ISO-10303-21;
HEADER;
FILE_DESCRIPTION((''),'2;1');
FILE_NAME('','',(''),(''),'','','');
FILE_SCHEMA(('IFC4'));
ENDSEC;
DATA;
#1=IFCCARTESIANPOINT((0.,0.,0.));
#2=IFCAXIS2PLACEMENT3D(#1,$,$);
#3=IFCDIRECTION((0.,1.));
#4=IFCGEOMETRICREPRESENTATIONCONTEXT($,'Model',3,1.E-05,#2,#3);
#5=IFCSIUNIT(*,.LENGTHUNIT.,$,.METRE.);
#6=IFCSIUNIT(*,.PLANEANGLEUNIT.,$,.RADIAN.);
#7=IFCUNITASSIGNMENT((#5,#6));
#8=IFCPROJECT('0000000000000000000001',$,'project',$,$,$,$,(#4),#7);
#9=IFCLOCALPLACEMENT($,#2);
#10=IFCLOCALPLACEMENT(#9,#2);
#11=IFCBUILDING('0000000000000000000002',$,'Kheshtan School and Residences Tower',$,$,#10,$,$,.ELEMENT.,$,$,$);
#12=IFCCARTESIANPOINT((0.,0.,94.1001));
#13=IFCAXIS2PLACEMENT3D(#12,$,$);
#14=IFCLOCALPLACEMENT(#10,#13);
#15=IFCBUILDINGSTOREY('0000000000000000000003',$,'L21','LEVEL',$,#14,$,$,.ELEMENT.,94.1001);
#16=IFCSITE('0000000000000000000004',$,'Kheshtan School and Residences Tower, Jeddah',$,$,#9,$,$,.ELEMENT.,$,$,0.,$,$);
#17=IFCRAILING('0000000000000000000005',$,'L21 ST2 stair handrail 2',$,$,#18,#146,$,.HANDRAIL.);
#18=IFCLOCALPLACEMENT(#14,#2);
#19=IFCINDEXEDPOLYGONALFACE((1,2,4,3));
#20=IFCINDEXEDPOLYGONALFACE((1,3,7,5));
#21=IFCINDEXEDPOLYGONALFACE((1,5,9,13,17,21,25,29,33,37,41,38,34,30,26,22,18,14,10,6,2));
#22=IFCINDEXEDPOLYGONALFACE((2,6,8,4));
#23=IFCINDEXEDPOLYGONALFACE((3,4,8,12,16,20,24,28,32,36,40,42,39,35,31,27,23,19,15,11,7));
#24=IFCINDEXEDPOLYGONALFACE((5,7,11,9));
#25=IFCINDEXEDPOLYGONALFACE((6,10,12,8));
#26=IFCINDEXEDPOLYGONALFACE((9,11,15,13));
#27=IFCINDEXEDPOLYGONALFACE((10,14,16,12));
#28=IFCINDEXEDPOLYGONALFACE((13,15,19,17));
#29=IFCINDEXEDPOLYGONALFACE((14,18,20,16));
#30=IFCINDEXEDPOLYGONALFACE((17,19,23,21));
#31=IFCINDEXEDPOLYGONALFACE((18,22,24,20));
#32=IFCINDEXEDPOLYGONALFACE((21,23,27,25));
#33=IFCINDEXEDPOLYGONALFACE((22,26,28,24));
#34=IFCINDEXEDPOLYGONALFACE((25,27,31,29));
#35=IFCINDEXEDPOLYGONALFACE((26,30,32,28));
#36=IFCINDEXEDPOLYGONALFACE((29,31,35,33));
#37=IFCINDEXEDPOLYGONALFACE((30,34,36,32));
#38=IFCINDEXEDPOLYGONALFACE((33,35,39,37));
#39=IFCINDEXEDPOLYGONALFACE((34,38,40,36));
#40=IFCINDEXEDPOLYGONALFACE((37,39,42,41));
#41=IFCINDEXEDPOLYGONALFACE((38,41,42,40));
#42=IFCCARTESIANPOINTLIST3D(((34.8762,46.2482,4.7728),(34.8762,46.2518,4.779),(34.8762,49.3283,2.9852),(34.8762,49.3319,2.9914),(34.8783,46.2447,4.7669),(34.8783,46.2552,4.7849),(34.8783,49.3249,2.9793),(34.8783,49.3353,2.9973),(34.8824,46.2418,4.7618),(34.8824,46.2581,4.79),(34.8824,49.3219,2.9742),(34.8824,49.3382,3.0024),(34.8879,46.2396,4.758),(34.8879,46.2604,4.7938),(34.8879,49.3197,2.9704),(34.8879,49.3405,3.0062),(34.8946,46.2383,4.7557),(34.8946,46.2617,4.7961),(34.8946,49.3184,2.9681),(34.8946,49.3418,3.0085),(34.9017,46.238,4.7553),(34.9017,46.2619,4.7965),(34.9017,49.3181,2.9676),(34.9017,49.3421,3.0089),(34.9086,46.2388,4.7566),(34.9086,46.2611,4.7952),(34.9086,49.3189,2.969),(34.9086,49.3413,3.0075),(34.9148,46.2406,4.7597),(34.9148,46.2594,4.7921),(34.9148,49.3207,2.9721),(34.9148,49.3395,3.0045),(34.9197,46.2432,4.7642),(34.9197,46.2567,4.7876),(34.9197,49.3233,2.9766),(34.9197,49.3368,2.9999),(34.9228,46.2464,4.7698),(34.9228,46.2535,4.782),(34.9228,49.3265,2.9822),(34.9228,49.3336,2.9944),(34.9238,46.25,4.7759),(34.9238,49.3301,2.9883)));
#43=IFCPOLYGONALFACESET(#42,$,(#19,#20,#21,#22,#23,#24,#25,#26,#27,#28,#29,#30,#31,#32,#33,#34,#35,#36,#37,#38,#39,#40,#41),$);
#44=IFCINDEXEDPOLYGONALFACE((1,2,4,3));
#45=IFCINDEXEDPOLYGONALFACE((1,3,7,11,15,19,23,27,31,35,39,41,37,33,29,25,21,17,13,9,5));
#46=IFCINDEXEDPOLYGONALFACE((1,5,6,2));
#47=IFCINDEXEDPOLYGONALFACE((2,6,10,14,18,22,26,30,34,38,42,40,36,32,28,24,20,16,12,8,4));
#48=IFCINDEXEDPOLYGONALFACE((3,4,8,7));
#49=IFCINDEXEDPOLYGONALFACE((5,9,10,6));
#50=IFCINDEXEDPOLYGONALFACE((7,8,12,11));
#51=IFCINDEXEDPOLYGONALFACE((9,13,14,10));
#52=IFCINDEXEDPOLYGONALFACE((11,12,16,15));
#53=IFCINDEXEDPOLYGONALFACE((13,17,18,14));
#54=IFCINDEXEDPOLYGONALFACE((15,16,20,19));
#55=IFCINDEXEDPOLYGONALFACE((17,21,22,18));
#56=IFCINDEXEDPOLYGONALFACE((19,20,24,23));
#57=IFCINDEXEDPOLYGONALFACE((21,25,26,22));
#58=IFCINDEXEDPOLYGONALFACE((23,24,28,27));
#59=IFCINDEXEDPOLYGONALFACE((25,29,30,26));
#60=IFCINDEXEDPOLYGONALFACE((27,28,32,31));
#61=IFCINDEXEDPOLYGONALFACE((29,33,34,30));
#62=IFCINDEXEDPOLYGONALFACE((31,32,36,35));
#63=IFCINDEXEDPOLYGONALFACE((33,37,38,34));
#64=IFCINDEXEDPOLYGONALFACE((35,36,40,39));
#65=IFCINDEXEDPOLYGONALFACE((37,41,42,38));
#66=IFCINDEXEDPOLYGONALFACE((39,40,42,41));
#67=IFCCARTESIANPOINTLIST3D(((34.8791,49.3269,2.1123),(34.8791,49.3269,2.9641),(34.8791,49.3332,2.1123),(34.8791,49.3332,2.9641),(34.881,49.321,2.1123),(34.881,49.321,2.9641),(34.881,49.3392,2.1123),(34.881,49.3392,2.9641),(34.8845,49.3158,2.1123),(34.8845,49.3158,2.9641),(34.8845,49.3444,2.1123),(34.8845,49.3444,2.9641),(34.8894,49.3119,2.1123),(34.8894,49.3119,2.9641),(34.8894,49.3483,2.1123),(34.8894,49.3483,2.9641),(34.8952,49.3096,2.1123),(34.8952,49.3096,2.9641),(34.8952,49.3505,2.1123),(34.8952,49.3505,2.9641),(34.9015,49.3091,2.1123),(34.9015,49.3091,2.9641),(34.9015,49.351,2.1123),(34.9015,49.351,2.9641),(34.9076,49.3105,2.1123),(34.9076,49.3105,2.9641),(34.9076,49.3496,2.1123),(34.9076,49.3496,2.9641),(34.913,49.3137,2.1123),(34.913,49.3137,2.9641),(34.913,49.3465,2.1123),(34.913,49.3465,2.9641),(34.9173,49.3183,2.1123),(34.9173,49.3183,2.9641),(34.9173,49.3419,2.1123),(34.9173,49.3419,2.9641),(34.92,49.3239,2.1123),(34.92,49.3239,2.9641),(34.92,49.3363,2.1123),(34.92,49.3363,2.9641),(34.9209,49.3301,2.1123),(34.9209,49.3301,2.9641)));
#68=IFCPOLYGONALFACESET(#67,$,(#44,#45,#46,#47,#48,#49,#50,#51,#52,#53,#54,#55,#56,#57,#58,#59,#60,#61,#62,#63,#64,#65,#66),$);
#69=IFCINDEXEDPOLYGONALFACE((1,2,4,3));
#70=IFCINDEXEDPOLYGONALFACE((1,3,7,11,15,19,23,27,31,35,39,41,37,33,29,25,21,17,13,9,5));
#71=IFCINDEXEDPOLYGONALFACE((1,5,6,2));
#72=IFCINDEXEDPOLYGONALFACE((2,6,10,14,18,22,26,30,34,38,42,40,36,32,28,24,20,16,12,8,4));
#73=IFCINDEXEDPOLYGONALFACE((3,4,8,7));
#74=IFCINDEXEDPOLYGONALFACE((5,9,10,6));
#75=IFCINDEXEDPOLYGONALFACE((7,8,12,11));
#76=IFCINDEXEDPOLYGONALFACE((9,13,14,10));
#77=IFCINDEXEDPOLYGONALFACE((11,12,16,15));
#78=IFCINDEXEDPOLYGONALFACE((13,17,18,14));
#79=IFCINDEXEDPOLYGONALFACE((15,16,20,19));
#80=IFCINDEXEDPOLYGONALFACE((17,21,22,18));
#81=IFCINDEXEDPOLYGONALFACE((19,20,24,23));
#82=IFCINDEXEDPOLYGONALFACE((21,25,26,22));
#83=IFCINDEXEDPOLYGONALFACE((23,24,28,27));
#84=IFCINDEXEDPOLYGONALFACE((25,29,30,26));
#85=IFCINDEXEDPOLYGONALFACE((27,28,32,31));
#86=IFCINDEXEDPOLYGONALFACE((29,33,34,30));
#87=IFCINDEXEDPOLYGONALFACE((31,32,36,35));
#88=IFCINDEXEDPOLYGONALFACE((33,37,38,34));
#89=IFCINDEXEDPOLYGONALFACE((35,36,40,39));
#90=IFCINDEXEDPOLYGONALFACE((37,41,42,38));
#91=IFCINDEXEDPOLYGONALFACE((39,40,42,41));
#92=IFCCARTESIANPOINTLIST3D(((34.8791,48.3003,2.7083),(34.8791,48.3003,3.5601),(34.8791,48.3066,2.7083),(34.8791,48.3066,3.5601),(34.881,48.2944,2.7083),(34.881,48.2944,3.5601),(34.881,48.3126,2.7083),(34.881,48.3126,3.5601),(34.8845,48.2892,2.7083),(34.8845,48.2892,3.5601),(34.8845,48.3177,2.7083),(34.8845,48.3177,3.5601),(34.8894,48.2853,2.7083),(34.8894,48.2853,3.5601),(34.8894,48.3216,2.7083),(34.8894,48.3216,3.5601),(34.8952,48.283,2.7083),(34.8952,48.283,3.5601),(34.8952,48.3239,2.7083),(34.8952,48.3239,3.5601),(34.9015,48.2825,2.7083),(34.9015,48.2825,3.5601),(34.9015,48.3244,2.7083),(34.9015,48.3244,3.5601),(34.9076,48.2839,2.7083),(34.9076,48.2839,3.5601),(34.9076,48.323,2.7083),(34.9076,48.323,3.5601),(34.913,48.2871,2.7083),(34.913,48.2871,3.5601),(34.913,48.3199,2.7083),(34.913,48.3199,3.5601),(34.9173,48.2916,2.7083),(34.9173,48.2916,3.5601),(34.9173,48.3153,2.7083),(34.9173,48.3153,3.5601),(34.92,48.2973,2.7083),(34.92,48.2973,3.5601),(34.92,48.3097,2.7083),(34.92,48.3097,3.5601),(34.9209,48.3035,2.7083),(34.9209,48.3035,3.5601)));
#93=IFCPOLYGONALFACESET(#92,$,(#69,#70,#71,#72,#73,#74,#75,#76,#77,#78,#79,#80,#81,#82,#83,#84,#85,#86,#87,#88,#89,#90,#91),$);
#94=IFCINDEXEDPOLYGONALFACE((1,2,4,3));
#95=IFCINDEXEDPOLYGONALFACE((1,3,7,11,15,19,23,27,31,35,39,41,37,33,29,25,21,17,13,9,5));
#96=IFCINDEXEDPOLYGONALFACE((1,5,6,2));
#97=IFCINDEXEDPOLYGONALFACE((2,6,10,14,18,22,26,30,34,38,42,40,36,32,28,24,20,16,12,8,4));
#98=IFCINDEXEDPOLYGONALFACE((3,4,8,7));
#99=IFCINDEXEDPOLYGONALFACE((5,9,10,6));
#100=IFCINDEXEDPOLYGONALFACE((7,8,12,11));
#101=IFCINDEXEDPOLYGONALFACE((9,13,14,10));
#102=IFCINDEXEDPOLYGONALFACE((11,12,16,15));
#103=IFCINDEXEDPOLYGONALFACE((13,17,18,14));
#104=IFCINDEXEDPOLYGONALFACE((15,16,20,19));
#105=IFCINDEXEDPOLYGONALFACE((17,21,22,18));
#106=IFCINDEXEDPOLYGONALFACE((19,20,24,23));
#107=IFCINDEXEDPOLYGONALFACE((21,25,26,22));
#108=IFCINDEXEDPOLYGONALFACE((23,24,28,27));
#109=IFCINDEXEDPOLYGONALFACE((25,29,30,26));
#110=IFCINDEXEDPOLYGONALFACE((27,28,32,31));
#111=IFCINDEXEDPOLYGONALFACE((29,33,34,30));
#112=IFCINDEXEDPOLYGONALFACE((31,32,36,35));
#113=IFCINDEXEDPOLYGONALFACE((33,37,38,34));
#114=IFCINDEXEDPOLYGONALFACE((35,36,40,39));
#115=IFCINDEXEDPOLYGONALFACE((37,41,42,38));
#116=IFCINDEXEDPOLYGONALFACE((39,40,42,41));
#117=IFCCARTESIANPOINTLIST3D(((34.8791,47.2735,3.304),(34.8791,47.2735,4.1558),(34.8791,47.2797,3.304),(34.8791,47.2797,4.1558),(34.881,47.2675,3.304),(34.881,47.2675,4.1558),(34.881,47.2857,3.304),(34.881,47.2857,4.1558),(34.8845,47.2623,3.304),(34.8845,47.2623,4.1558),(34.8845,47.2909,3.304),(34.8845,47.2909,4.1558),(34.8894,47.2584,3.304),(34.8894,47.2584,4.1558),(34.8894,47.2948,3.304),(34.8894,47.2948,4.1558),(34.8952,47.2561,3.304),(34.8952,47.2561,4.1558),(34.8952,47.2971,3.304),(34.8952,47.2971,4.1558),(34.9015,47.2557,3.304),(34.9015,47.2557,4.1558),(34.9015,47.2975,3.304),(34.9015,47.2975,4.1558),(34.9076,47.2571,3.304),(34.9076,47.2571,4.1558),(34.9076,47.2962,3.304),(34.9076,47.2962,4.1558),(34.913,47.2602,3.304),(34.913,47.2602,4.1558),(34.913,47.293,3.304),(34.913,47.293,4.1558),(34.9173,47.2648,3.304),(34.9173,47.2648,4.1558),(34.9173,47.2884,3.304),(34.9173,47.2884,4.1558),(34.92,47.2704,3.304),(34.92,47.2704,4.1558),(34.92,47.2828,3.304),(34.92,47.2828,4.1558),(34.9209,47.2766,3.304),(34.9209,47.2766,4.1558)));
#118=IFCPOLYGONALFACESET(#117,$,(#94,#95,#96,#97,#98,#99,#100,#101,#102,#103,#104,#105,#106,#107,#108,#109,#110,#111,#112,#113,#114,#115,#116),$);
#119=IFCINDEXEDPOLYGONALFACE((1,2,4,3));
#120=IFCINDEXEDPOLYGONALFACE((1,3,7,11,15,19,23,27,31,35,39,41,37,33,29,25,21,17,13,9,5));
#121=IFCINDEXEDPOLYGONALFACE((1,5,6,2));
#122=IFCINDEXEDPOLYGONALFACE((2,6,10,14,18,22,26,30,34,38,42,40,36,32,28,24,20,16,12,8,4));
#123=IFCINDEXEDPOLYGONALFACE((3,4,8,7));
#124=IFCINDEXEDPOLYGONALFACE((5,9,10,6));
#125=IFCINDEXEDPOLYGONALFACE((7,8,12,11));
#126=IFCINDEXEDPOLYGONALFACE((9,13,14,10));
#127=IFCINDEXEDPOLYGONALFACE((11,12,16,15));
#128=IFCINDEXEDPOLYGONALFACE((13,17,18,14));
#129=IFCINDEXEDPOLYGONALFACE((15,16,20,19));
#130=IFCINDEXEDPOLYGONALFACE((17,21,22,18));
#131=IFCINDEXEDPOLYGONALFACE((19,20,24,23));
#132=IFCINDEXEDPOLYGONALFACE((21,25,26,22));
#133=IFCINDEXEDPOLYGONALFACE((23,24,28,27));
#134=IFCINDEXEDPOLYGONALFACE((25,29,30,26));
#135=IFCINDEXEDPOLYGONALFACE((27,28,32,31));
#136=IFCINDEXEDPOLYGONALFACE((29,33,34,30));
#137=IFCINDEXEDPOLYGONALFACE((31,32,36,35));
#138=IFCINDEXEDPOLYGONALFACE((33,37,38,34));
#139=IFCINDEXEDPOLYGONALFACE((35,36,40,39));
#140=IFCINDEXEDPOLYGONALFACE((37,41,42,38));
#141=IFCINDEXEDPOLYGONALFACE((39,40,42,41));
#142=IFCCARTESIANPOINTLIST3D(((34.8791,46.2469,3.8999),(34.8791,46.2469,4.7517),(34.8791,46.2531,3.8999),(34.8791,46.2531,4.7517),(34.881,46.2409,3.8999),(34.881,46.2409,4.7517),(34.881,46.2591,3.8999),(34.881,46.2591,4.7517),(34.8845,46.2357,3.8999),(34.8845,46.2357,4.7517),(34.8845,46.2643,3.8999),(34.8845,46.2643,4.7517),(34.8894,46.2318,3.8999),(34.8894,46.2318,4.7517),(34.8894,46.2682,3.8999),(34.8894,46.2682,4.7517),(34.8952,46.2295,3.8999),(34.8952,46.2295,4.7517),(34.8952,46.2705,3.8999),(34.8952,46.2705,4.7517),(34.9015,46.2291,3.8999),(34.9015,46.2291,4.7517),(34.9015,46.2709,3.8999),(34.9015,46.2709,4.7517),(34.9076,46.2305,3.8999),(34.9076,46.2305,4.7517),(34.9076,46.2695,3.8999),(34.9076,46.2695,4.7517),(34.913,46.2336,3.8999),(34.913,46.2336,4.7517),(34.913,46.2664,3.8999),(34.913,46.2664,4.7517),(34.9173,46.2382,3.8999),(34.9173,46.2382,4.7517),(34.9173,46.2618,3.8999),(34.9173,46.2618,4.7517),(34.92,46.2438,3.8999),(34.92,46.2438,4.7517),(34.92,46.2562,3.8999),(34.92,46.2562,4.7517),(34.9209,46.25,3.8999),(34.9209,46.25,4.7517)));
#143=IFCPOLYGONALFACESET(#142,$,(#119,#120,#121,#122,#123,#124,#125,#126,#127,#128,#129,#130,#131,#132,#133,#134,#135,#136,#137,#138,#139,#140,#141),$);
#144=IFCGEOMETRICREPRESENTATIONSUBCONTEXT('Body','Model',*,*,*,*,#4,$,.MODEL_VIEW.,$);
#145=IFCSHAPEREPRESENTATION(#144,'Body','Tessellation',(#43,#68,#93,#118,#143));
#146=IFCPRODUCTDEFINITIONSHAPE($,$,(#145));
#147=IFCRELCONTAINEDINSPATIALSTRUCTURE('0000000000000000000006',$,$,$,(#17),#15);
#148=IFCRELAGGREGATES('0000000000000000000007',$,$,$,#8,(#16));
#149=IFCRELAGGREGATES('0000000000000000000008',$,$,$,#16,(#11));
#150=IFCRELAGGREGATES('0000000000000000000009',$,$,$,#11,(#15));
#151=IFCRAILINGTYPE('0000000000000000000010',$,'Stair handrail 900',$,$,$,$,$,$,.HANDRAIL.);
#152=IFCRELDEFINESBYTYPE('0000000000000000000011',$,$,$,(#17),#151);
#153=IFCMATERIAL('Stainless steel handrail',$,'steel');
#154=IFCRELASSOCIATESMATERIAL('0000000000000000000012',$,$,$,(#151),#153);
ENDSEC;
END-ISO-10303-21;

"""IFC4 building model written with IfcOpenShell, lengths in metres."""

from ifc_helpers import new_model, si_unit, direction, frame, origin, origin_2d, place, context, subcontext, project, spatial, circle, extrude, material, type_object, element, save


model = new_model("IFC4")

# Units and contexts
model_context = context("Model", 3, precision=1e-05, world=origin(), true_north=direction((0.0, 1.0)))
body_context = subcontext(model_context, "Body", "Model", "MODEL_VIEW")
ifc_project = project(units=[si_unit("LENGTHUNIT", "METRE"), si_unit("PLANEANGLEUNIT", "RADIAN")], contexts=[model_context])

# Site, building, storey
site_placement = place(None, origin())
site = spatial("IfcSite", under=ifc_project, at=site_placement, Name="Kheshtan School and Residences Tower, Jeddah", CompositionType="ELEMENT", RefElevation=0.0)
building_placement = place(site_placement, origin())
building = spatial("IfcBuilding", under=site, at=building_placement, Name="Kheshtan School and Residences Tower", CompositionType="ELEMENT")
storey_placement = place(building_placement, frame((0.0, 0.0, 94.1001)))
storey = spatial("IfcBuildingStorey", under=building, at=storey_placement, Name="L21", Description="LEVEL", CompositionType="ELEMENT", Elevation=94.1001)

# Railing
ifc_material_1 = material(Name="Stainless steel handrail", Category="steel")
railing_type_1 = type_object("IfcRailingType", Name="Stair handrail 900", PredefinedType="HANDRAIL", material=ifc_material_1)
railing_1_placement = place(storey_placement, frame((34.8999, 49.3301, 2.1123)))
element("IfcRailing", 1, at=railing_1_placement, inside=storey, type_object=railing_type_1, Name="L21 ST2 stair handrail 2", PredefinedType="HANDRAIL", context=body_context, shape_type="SweptSolid", body=[
    extrude(circle(Radius=0.0239, at=origin_2d()), frame((0.0, 0.0, 0.876), z_axis=(0.0, -0.864891, 0.50196), x_axis=(1.0, 0.0, 0.0)), (0.0, 0.0, 1.0), 3.5613),
    extrude(circle(Radius=0.021, at=origin_2d()), origin(), (0.0, 0.0, 1.0), 0.8518),
    extrude(circle(Radius=0.021, at=origin_2d()), frame((0.0, -1.0266, 0.5959)), (0.0, 0.0, 1.0), 0.8518),
    extrude(circle(Radius=0.021, at=origin_2d()), frame((0.0, -2.0535, 1.1917)), (0.0, 0.0, 1.0), 0.8518),
    extrude(circle(Radius=0.021, at=origin_2d()), frame((0.0, -3.0801, 1.7876)), (0.0, 0.0, 1.0), 0.8518),
])

save(model, "model.ifc")
